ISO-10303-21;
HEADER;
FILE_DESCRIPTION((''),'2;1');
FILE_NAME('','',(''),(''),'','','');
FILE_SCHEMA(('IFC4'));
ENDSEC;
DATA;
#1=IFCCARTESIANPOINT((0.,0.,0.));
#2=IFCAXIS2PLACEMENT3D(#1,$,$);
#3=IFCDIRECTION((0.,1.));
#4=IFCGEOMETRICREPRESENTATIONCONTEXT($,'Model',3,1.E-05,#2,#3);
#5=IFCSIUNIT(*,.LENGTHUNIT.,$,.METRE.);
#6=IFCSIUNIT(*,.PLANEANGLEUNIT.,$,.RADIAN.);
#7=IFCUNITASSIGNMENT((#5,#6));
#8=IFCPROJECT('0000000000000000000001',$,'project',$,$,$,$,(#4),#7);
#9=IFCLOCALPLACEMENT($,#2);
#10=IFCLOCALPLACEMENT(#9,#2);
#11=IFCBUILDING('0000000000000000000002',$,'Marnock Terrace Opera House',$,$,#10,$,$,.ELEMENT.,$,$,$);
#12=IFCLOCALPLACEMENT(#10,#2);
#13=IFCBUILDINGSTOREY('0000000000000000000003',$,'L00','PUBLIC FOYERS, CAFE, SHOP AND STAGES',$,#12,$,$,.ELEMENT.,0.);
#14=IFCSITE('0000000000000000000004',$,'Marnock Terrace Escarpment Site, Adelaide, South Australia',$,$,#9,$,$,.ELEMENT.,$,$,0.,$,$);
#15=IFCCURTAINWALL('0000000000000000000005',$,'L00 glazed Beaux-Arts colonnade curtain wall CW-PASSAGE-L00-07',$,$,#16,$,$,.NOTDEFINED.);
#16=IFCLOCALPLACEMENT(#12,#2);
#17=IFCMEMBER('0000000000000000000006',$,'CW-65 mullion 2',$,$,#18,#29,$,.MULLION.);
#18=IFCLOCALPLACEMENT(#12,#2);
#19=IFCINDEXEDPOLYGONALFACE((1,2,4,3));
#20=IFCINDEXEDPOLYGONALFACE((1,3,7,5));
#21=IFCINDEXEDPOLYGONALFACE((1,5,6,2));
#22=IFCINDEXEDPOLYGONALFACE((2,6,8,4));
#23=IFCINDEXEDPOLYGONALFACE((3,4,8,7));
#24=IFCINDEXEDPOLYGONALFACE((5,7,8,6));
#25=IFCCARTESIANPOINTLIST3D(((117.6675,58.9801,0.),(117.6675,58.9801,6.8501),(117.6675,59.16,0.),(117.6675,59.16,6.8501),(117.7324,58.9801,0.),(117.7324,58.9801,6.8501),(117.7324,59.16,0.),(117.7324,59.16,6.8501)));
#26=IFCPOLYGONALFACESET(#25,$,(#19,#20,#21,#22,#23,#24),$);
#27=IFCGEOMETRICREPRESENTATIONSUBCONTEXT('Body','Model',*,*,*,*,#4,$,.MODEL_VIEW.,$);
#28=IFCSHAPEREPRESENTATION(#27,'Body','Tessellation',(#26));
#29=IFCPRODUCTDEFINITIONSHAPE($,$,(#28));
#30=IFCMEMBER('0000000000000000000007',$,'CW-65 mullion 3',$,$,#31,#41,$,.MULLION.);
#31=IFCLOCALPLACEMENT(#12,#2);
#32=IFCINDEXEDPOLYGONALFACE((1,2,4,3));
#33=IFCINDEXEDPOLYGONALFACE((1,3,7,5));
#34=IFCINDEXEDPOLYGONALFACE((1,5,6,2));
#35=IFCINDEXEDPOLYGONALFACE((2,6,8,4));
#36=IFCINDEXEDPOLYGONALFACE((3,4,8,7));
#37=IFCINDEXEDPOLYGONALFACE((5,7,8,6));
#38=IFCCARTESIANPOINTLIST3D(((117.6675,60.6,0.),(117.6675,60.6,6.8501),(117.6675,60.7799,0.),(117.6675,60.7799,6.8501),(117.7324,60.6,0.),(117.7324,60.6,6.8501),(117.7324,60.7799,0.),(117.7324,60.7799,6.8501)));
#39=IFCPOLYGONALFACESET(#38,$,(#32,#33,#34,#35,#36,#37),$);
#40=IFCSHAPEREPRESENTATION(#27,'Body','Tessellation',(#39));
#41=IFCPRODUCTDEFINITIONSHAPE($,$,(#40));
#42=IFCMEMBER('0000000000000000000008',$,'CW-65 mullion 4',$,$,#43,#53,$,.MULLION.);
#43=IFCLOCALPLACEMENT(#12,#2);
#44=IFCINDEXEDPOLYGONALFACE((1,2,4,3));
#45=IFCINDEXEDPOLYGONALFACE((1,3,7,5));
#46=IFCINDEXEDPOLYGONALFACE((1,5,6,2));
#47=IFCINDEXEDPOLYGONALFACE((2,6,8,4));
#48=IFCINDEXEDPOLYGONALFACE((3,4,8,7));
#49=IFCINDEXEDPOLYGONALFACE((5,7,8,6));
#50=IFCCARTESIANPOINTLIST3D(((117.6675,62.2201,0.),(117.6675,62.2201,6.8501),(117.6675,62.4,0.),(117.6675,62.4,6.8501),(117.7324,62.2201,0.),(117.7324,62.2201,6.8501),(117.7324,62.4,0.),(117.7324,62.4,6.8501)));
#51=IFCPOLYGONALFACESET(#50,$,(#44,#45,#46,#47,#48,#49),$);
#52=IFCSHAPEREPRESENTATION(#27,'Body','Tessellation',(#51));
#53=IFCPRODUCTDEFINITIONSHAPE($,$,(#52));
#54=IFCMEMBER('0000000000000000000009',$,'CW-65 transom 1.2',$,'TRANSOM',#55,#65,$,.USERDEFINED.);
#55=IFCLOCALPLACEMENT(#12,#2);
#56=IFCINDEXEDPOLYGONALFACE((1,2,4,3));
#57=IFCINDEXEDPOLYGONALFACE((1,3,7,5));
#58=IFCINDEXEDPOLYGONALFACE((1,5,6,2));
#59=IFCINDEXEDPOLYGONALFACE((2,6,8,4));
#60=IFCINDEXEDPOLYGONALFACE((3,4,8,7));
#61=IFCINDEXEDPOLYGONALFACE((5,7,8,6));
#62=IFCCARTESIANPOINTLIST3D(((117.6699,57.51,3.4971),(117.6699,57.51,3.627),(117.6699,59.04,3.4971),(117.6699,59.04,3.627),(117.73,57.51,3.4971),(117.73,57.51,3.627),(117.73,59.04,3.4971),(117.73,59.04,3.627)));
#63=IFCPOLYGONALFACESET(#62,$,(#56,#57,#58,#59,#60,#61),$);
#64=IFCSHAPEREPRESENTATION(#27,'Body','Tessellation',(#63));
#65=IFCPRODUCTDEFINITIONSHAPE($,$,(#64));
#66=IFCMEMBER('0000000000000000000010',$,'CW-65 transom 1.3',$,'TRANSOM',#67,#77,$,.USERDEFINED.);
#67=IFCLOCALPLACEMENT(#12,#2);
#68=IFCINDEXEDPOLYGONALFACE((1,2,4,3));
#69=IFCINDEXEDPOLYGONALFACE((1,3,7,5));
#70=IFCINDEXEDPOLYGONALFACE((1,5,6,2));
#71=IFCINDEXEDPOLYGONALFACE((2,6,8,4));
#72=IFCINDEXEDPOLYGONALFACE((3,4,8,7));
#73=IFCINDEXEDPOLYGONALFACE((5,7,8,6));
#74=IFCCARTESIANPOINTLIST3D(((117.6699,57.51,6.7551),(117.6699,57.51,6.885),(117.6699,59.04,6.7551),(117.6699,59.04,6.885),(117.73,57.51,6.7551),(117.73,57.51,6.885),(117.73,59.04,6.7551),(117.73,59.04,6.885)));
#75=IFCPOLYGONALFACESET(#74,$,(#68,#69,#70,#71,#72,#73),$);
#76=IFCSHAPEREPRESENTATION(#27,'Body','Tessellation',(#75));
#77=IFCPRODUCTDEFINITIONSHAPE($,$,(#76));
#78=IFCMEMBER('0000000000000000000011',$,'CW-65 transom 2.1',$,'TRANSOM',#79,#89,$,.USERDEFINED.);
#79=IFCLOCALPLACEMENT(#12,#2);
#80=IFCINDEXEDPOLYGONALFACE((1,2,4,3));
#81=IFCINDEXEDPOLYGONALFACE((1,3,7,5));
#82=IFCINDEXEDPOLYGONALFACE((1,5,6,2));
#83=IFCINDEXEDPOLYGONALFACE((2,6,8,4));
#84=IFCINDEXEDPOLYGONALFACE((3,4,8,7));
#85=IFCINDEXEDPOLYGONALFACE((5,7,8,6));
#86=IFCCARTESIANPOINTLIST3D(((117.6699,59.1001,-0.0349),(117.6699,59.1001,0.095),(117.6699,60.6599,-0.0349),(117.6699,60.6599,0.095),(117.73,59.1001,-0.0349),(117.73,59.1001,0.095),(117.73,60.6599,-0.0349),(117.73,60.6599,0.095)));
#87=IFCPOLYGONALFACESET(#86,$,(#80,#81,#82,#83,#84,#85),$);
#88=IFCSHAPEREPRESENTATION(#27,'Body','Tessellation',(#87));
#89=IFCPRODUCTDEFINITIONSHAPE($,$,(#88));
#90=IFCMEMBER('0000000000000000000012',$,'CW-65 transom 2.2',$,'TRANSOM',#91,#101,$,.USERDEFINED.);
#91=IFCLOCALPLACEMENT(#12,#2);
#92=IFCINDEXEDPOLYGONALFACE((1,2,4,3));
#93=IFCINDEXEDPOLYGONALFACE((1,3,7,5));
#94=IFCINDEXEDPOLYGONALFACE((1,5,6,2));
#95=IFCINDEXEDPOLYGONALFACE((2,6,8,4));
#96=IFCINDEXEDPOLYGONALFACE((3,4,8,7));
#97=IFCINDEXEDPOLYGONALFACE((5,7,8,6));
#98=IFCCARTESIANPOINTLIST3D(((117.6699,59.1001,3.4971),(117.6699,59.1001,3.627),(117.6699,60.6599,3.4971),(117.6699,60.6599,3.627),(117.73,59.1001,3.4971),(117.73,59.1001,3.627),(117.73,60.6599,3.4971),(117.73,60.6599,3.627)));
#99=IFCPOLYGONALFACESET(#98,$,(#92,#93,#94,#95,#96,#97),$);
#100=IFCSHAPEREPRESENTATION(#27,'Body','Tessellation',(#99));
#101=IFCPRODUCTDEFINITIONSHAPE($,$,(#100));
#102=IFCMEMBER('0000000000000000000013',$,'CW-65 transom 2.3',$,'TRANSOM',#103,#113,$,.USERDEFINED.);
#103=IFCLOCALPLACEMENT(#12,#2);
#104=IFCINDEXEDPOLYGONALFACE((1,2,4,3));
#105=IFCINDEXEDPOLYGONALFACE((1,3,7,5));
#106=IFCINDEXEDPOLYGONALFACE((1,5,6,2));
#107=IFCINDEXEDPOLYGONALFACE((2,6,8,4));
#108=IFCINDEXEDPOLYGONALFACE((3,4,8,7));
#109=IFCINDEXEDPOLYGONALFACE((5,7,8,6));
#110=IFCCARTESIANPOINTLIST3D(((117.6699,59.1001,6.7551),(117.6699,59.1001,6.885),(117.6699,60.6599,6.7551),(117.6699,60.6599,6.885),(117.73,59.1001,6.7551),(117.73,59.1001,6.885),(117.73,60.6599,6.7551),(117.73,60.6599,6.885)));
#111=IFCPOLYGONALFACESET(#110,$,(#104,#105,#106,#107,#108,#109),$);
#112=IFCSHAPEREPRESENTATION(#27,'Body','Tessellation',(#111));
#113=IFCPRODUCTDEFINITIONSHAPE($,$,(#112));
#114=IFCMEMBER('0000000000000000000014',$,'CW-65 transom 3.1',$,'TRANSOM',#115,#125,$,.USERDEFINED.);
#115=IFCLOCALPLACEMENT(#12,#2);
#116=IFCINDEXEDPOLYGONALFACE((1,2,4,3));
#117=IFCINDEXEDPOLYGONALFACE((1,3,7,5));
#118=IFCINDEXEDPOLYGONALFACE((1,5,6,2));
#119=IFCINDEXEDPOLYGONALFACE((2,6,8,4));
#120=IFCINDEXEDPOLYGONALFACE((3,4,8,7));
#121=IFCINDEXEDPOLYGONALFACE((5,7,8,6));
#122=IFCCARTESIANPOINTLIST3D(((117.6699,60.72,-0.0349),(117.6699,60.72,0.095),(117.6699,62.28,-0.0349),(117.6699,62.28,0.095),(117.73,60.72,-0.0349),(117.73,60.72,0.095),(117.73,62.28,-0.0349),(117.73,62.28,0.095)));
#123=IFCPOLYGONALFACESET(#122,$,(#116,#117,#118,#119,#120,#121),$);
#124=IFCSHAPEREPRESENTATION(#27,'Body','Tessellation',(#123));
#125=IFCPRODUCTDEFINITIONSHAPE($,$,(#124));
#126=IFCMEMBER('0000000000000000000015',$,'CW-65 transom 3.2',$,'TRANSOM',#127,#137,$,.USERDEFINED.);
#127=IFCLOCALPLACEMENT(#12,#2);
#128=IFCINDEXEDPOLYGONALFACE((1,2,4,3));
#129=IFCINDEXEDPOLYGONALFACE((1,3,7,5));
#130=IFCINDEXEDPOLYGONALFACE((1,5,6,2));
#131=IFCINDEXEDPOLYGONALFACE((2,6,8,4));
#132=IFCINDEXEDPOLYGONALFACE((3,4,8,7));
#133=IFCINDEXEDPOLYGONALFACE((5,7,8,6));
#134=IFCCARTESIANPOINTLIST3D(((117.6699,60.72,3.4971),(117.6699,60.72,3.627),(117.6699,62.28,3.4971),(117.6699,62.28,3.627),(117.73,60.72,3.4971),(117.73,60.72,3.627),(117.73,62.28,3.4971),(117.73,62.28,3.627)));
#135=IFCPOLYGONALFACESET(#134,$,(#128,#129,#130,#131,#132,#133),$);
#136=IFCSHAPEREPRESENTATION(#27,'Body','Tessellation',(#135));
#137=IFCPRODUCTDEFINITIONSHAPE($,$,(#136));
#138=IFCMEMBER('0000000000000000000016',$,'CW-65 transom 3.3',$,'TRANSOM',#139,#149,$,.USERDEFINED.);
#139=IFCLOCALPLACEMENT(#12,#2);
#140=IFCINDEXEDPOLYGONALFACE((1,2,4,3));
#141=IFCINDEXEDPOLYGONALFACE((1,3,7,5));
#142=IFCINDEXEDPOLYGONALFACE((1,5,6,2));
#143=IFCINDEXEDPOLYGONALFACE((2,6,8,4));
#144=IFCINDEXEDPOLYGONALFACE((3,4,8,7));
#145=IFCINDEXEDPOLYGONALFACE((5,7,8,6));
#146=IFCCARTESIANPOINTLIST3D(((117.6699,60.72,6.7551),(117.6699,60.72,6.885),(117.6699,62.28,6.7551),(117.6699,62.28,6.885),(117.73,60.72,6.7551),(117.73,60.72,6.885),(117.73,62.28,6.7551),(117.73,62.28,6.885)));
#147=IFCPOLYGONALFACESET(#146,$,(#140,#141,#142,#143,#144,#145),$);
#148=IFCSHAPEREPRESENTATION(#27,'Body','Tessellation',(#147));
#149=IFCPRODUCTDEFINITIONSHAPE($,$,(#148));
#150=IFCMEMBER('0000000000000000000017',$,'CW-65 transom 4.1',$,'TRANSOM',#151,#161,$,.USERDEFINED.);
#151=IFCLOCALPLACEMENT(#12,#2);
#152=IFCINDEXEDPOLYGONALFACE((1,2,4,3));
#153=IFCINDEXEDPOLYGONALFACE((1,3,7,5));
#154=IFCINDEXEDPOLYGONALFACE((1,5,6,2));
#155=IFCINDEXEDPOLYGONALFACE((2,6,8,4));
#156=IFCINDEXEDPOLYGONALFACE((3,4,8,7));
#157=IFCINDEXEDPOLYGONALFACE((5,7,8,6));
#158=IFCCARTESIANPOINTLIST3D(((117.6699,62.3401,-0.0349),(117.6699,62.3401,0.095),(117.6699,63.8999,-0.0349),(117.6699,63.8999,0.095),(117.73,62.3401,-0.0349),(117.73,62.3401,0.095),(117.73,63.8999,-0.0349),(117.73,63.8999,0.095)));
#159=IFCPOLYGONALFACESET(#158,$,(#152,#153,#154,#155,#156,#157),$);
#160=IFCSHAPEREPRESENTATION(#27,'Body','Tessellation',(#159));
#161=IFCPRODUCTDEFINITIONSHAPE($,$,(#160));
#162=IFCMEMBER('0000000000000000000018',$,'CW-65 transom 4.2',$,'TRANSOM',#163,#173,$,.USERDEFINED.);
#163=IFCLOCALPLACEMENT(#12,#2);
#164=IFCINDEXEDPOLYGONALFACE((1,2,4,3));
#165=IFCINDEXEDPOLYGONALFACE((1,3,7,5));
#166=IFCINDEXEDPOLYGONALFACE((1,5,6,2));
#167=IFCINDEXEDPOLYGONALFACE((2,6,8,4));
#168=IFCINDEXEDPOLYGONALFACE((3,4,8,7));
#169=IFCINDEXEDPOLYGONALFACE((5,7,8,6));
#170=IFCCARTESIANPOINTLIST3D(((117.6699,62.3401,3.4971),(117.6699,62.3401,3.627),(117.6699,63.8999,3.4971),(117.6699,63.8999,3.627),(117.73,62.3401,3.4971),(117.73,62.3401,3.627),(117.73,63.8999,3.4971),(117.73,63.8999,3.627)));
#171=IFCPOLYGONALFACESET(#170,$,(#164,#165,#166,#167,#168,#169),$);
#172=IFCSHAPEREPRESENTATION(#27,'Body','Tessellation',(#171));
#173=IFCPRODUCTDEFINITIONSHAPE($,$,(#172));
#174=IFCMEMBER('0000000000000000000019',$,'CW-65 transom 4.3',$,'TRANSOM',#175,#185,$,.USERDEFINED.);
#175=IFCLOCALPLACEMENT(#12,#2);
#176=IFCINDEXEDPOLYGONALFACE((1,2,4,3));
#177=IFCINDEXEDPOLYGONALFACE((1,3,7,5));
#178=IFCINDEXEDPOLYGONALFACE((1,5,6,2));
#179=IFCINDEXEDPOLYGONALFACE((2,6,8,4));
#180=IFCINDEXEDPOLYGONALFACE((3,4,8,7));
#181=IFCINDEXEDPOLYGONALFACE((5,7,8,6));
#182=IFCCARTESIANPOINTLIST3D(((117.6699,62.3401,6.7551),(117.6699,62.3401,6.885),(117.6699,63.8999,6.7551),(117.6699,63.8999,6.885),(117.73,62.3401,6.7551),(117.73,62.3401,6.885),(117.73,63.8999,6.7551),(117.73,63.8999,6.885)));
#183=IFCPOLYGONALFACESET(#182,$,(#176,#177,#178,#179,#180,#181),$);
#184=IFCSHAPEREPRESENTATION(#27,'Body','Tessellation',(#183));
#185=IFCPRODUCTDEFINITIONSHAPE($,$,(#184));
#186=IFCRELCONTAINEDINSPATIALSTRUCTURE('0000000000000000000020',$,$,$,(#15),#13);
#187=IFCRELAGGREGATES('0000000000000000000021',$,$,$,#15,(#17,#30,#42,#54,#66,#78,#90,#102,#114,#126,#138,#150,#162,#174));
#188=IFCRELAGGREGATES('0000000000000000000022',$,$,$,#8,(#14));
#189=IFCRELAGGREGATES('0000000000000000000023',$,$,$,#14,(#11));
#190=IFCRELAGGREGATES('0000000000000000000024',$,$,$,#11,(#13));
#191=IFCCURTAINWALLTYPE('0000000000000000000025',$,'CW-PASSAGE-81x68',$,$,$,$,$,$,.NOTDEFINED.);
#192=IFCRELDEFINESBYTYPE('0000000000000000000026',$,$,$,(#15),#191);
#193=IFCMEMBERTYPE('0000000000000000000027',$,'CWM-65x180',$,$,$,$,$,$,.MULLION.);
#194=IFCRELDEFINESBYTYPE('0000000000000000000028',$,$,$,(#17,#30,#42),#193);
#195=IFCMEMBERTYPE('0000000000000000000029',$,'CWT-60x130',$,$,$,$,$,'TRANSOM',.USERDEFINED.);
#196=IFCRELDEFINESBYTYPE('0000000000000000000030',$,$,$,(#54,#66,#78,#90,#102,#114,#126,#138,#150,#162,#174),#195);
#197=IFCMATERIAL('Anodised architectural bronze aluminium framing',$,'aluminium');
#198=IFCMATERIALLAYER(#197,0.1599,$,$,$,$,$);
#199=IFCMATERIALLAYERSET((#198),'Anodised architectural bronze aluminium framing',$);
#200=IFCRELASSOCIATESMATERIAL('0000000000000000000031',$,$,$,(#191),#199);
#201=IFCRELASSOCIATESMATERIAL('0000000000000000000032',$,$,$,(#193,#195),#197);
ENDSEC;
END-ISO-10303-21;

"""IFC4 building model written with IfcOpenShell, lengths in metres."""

from ifc_helpers import new_model, si_unit, direction, frame, origin, origin_2d, place, context, subcontext, project, spatial, rectangle, extrude, material, layer, layer_set, material_profile, profile_set, type_object, element, aggregate, save


model = new_model("IFC4")

# Units and contexts
model_context = context("Model", 3, precision=1e-05, world=origin(), true_north=direction((0.0, 1.0)))
body_context = subcontext(model_context, "Body", "Model", "MODEL_VIEW")
ifc_project = project(units=[si_unit("LENGTHUNIT", "METRE"), si_unit("PLANEANGLEUNIT", "RADIAN")], contexts=[model_context])

# Site, building, storey
site_placement = place(None, origin())
site = spatial("IfcSite", under=ifc_project, at=site_placement, Name="Marnock Terrace Escarpment Site, Adelaide, South Australia", CompositionType="ELEMENT", RefElevation=0.0)
building_placement = place(site_placement, origin())
building = spatial("IfcBuilding", under=site, at=building_placement, Name="Marnock Terrace Opera House", CompositionType="ELEMENT")
storey_placement = place(building_placement, origin())
storey = spatial("IfcBuildingStorey", under=building, at=storey_placement, Name="L00", Description="PUBLIC FOYERS, CAFE, SHOP AND STAGES", CompositionType="ELEMENT", Elevation=0.0)

# Curtain wall, members
ifc_material_1 = material(Name="Anodised architectural bronze aluminium framing", Category="aluminium")
ifc_layer_1 = layer(ifc_material_1, 0.1599)
ifc_layer_set_1 = layer_set([ifc_layer_1], Name="Anodised architectural bronze aluminium framing")
curtain_wall_type = type_object("IfcCurtainWallType", Name="CW-PASSAGE-81x68", PredefinedType="NOTDEFINED", material=ifc_layer_set_1)
curtain_wall_placement = place(storey_placement, origin())
curtain_wall = element("IfcCurtainWall", 1, at=curtain_wall_placement, inside=storey, type_object=curtain_wall_type, Name="L00 glazed Beaux-Arts colonnade curtain wall CW-PASSAGE-L00-07", PredefinedType="NOTDEFINED")
ifc_material_profile_1 = material_profile(ifc_material_1, rectangle(XDim=0.0649, YDim=0.1799, at=origin_2d()))
ifc_profile_set_1 = profile_set([ifc_material_profile_1], Name="Anodised architectural bronze aluminium framing")
member_type_1 = type_object("IfcMemberType", Name="CWM-65x180", PredefinedType="MULLION", material=ifc_profile_set_1)
member_1_placement = place(storey_placement, frame((117.7, 59.0701, 0.0), z_axis=(0.0, 0.0, 1.0), x_axis=(-1.0, 0.0, 0.0)))
member_1 = element("IfcMember", 2, at=member_1_placement, type_object=member_type_1, Name="CW-65 mullion 2", PredefinedType="MULLION", context=body_context, shape_type="SweptSolid", body=[
    extrude(rectangle(XDim=0.0649, YDim=0.1799, at=origin_2d()), origin(), (0.0, 0.0, 1.0), 6.8501),
])
member_2_placement = place(storey_placement, frame((117.7, 60.6899, 0.0), z_axis=(0.0, 0.0, 1.0), x_axis=(-1.0, 0.0, 0.0)))
member_2 = element("IfcMember", 3, at=member_2_placement, type_object=member_type_1, Name="CW-65 mullion 3", PredefinedType="MULLION", context=body_context, shape_type="SweptSolid", body=[
    extrude(rectangle(XDim=0.0649, YDim=0.1799, at=origin_2d()), origin(), (0.0, 0.0, 1.0), 6.8501),
])
member_3_placement = place(storey_placement, frame((117.7, 62.3101, 0.0), z_axis=(0.0, 0.0, 1.0), x_axis=(-1.0, 0.0, 0.0)))
member_3 = element("IfcMember", 4, at=member_3_placement, type_object=member_type_1, Name="CW-65 mullion 4", PredefinedType="MULLION", context=body_context, shape_type="SweptSolid", body=[
    extrude(rectangle(XDim=0.0649, YDim=0.1799, at=origin_2d()), origin(), (0.0, 0.0, 1.0), 6.8501),
])
ifc_material_profile_2 = material_profile(ifc_material_1, rectangle(XDim=0.0601, YDim=0.1299, at=origin_2d()))
ifc_profile_set_2 = profile_set([ifc_material_profile_2], Name="Anodised architectural bronze aluminium framing")
member_type_2 = type_object("IfcMemberType", Name="CWT-60x130", ElementType="TRANSOM", PredefinedType="USERDEFINED", material=ifc_profile_set_2)
member_4_placement = place(storey_placement, frame((117.7, 57.51, 3.562), z_axis=(0.0, 1.0, 0.0), x_axis=(-1.0, 0.0, 0.0)))
member_4 = element("IfcMember", 5, at=member_4_placement, type_object=member_type_2, Name="CW-65 transom 1.2", ObjectType="TRANSOM", PredefinedType="USERDEFINED", context=body_context, shape_type="SweptSolid", body=[
    extrude(rectangle(XDim=0.0601, YDim=0.1299, at=origin_2d()), origin(), (0.0, 0.0, 1.0), 1.53),
])
member_5_placement = place(storey_placement, frame((117.7, 57.51, 6.8201), z_axis=(0.0, 1.0, 0.0), x_axis=(-1.0, 0.0, 0.0)))
member_5 = element("IfcMember", 6, at=member_5_placement, type_object=member_type_2, Name="CW-65 transom 1.3", ObjectType="TRANSOM", PredefinedType="USERDEFINED", context=body_context, shape_type="SweptSolid", body=[
    extrude(rectangle(XDim=0.0601, YDim=0.1299, at=origin_2d()), origin(), (0.0, 0.0, 1.0), 1.53),
])
member_6_placement = place(storey_placement, frame((117.7, 59.1001, 0.03), z_axis=(0.0, 1.0, 0.0), x_axis=(-1.0, 0.0, 0.0)))
member_6 = element("IfcMember", 7, at=member_6_placement, type_object=member_type_2, Name="CW-65 transom 2.1", ObjectType="TRANSOM", PredefinedType="USERDEFINED", context=body_context, shape_type="SweptSolid", body=[
    extrude(rectangle(XDim=0.0601, YDim=0.1299, at=origin_2d()), origin(), (0.0, 0.0, 1.0), 1.5598),
])
member_7_placement = place(storey_placement, frame((117.7, 59.1001, 3.562), z_axis=(0.0, 1.0, 0.0), x_axis=(-1.0, 0.0, 0.0)))
member_7 = element("IfcMember", 8, at=member_7_placement, type_object=member_type_2, Name="CW-65 transom 2.2", ObjectType="TRANSOM", PredefinedType="USERDEFINED", context=body_context, shape_type="SweptSolid", body=[
    extrude(rectangle(XDim=0.0601, YDim=0.1299, at=origin_2d()), origin(), (0.0, 0.0, 1.0), 1.5598),
])
member_8_placement = place(storey_placement, frame((117.7, 59.1001, 6.8201), z_axis=(0.0, 1.0, 0.0), x_axis=(-1.0, 0.0, 0.0)))
member_8 = element("IfcMember", 9, at=member_8_placement, type_object=member_type_2, Name="CW-65 transom 2.3", ObjectType="TRANSOM", PredefinedType="USERDEFINED", context=body_context, shape_type="SweptSolid", body=[
    extrude(rectangle(XDim=0.0601, YDim=0.1299, at=origin_2d()), origin(), (0.0, 0.0, 1.0), 1.5598),
])
member_9_placement = place(storey_placement, frame((117.7, 60.72, 0.03), z_axis=(0.0, 1.0, 0.0), x_axis=(-1.0, 0.0, 0.0)))
member_9 = element("IfcMember", 10, at=member_9_placement, type_object=member_type_2, Name="CW-65 transom 3.1", ObjectType="TRANSOM", PredefinedType="USERDEFINED", context=body_context, shape_type="SweptSolid", body=[
    extrude(rectangle(XDim=0.0601, YDim=0.1299, at=origin_2d()), origin(), (0.0, 0.0, 1.0), 1.5601),
])
member_10_placement = place(storey_placement, frame((117.7, 60.72, 3.562), z_axis=(0.0, 1.0, 0.0), x_axis=(-1.0, 0.0, 0.0)))
member_10 = element("IfcMember", 11, at=member_10_placement, type_object=member_type_2, Name="CW-65 transom 3.2", ObjectType="TRANSOM", PredefinedType="USERDEFINED", context=body_context, shape_type="SweptSolid", body=[
    extrude(rectangle(XDim=0.0601, YDim=0.1299, at=origin_2d()), origin(), (0.0, 0.0, 1.0), 1.5601),
])
member_11_placement = place(storey_placement, frame((117.7, 60.72, 6.8201), z_axis=(0.0, 1.0, 0.0), x_axis=(-1.0, 0.0, 0.0)))
member_11 = element("IfcMember", 12, at=member_11_placement, type_object=member_type_2, Name="CW-65 transom 3.3", ObjectType="TRANSOM", PredefinedType="USERDEFINED", context=body_context, shape_type="SweptSolid", body=[
    extrude(rectangle(XDim=0.0601, YDim=0.1299, at=origin_2d()), origin(), (0.0, 0.0, 1.0), 1.5601),
])
member_12_placement = place(storey_placement, frame((117.7, 62.3401, 0.03), z_axis=(0.0, 1.0, 0.0), x_axis=(-1.0, 0.0, 0.0)))
member_12 = element("IfcMember", 13, at=member_12_placement, type_object=member_type_2, Name="CW-65 transom 4.1", ObjectType="TRANSOM", PredefinedType="USERDEFINED", context=body_context, shape_type="SweptSolid", body=[
    extrude(rectangle(XDim=0.0601, YDim=0.1299, at=origin_2d()), origin(), (0.0, 0.0, 1.0), 1.5598),
])
member_13_placement = place(storey_placement, frame((117.7, 62.3401, 3.562), z_axis=(0.0, 1.0, 0.0), x_axis=(-1.0, 0.0, 0.0)))
member_13 = element("IfcMember", 14, at=member_13_placement, type_object=member_type_2, Name="CW-65 transom 4.2", ObjectType="TRANSOM", PredefinedType="USERDEFINED", context=body_context, shape_type="SweptSolid", body=[
    extrude(rectangle(XDim=0.0601, YDim=0.1299, at=origin_2d()), origin(), (0.0, 0.0, 1.0), 1.5598),
])
member_14_placement = place(storey_placement, frame((117.7, 62.3401, 6.8201), z_axis=(0.0, 1.0, 0.0), x_axis=(-1.0, 0.0, 0.0)))
member_14 = element("IfcMember", 15, at=member_14_placement, type_object=member_type_2, Name="CW-65 transom 4.3", ObjectType="TRANSOM", PredefinedType="USERDEFINED", context=body_context, shape_type="SweptSolid", body=[
    extrude(rectangle(XDim=0.0601, YDim=0.1299, at=origin_2d()), origin(), (0.0, 0.0, 1.0), 1.5598),
])
aggregate(curtain_wall, [member_1, member_2, member_3, member_4, member_5, member_6, member_7, member_8, member_9, member_10, member_11, member_12, member_13, member_14])

save(model, "model.ifc")
